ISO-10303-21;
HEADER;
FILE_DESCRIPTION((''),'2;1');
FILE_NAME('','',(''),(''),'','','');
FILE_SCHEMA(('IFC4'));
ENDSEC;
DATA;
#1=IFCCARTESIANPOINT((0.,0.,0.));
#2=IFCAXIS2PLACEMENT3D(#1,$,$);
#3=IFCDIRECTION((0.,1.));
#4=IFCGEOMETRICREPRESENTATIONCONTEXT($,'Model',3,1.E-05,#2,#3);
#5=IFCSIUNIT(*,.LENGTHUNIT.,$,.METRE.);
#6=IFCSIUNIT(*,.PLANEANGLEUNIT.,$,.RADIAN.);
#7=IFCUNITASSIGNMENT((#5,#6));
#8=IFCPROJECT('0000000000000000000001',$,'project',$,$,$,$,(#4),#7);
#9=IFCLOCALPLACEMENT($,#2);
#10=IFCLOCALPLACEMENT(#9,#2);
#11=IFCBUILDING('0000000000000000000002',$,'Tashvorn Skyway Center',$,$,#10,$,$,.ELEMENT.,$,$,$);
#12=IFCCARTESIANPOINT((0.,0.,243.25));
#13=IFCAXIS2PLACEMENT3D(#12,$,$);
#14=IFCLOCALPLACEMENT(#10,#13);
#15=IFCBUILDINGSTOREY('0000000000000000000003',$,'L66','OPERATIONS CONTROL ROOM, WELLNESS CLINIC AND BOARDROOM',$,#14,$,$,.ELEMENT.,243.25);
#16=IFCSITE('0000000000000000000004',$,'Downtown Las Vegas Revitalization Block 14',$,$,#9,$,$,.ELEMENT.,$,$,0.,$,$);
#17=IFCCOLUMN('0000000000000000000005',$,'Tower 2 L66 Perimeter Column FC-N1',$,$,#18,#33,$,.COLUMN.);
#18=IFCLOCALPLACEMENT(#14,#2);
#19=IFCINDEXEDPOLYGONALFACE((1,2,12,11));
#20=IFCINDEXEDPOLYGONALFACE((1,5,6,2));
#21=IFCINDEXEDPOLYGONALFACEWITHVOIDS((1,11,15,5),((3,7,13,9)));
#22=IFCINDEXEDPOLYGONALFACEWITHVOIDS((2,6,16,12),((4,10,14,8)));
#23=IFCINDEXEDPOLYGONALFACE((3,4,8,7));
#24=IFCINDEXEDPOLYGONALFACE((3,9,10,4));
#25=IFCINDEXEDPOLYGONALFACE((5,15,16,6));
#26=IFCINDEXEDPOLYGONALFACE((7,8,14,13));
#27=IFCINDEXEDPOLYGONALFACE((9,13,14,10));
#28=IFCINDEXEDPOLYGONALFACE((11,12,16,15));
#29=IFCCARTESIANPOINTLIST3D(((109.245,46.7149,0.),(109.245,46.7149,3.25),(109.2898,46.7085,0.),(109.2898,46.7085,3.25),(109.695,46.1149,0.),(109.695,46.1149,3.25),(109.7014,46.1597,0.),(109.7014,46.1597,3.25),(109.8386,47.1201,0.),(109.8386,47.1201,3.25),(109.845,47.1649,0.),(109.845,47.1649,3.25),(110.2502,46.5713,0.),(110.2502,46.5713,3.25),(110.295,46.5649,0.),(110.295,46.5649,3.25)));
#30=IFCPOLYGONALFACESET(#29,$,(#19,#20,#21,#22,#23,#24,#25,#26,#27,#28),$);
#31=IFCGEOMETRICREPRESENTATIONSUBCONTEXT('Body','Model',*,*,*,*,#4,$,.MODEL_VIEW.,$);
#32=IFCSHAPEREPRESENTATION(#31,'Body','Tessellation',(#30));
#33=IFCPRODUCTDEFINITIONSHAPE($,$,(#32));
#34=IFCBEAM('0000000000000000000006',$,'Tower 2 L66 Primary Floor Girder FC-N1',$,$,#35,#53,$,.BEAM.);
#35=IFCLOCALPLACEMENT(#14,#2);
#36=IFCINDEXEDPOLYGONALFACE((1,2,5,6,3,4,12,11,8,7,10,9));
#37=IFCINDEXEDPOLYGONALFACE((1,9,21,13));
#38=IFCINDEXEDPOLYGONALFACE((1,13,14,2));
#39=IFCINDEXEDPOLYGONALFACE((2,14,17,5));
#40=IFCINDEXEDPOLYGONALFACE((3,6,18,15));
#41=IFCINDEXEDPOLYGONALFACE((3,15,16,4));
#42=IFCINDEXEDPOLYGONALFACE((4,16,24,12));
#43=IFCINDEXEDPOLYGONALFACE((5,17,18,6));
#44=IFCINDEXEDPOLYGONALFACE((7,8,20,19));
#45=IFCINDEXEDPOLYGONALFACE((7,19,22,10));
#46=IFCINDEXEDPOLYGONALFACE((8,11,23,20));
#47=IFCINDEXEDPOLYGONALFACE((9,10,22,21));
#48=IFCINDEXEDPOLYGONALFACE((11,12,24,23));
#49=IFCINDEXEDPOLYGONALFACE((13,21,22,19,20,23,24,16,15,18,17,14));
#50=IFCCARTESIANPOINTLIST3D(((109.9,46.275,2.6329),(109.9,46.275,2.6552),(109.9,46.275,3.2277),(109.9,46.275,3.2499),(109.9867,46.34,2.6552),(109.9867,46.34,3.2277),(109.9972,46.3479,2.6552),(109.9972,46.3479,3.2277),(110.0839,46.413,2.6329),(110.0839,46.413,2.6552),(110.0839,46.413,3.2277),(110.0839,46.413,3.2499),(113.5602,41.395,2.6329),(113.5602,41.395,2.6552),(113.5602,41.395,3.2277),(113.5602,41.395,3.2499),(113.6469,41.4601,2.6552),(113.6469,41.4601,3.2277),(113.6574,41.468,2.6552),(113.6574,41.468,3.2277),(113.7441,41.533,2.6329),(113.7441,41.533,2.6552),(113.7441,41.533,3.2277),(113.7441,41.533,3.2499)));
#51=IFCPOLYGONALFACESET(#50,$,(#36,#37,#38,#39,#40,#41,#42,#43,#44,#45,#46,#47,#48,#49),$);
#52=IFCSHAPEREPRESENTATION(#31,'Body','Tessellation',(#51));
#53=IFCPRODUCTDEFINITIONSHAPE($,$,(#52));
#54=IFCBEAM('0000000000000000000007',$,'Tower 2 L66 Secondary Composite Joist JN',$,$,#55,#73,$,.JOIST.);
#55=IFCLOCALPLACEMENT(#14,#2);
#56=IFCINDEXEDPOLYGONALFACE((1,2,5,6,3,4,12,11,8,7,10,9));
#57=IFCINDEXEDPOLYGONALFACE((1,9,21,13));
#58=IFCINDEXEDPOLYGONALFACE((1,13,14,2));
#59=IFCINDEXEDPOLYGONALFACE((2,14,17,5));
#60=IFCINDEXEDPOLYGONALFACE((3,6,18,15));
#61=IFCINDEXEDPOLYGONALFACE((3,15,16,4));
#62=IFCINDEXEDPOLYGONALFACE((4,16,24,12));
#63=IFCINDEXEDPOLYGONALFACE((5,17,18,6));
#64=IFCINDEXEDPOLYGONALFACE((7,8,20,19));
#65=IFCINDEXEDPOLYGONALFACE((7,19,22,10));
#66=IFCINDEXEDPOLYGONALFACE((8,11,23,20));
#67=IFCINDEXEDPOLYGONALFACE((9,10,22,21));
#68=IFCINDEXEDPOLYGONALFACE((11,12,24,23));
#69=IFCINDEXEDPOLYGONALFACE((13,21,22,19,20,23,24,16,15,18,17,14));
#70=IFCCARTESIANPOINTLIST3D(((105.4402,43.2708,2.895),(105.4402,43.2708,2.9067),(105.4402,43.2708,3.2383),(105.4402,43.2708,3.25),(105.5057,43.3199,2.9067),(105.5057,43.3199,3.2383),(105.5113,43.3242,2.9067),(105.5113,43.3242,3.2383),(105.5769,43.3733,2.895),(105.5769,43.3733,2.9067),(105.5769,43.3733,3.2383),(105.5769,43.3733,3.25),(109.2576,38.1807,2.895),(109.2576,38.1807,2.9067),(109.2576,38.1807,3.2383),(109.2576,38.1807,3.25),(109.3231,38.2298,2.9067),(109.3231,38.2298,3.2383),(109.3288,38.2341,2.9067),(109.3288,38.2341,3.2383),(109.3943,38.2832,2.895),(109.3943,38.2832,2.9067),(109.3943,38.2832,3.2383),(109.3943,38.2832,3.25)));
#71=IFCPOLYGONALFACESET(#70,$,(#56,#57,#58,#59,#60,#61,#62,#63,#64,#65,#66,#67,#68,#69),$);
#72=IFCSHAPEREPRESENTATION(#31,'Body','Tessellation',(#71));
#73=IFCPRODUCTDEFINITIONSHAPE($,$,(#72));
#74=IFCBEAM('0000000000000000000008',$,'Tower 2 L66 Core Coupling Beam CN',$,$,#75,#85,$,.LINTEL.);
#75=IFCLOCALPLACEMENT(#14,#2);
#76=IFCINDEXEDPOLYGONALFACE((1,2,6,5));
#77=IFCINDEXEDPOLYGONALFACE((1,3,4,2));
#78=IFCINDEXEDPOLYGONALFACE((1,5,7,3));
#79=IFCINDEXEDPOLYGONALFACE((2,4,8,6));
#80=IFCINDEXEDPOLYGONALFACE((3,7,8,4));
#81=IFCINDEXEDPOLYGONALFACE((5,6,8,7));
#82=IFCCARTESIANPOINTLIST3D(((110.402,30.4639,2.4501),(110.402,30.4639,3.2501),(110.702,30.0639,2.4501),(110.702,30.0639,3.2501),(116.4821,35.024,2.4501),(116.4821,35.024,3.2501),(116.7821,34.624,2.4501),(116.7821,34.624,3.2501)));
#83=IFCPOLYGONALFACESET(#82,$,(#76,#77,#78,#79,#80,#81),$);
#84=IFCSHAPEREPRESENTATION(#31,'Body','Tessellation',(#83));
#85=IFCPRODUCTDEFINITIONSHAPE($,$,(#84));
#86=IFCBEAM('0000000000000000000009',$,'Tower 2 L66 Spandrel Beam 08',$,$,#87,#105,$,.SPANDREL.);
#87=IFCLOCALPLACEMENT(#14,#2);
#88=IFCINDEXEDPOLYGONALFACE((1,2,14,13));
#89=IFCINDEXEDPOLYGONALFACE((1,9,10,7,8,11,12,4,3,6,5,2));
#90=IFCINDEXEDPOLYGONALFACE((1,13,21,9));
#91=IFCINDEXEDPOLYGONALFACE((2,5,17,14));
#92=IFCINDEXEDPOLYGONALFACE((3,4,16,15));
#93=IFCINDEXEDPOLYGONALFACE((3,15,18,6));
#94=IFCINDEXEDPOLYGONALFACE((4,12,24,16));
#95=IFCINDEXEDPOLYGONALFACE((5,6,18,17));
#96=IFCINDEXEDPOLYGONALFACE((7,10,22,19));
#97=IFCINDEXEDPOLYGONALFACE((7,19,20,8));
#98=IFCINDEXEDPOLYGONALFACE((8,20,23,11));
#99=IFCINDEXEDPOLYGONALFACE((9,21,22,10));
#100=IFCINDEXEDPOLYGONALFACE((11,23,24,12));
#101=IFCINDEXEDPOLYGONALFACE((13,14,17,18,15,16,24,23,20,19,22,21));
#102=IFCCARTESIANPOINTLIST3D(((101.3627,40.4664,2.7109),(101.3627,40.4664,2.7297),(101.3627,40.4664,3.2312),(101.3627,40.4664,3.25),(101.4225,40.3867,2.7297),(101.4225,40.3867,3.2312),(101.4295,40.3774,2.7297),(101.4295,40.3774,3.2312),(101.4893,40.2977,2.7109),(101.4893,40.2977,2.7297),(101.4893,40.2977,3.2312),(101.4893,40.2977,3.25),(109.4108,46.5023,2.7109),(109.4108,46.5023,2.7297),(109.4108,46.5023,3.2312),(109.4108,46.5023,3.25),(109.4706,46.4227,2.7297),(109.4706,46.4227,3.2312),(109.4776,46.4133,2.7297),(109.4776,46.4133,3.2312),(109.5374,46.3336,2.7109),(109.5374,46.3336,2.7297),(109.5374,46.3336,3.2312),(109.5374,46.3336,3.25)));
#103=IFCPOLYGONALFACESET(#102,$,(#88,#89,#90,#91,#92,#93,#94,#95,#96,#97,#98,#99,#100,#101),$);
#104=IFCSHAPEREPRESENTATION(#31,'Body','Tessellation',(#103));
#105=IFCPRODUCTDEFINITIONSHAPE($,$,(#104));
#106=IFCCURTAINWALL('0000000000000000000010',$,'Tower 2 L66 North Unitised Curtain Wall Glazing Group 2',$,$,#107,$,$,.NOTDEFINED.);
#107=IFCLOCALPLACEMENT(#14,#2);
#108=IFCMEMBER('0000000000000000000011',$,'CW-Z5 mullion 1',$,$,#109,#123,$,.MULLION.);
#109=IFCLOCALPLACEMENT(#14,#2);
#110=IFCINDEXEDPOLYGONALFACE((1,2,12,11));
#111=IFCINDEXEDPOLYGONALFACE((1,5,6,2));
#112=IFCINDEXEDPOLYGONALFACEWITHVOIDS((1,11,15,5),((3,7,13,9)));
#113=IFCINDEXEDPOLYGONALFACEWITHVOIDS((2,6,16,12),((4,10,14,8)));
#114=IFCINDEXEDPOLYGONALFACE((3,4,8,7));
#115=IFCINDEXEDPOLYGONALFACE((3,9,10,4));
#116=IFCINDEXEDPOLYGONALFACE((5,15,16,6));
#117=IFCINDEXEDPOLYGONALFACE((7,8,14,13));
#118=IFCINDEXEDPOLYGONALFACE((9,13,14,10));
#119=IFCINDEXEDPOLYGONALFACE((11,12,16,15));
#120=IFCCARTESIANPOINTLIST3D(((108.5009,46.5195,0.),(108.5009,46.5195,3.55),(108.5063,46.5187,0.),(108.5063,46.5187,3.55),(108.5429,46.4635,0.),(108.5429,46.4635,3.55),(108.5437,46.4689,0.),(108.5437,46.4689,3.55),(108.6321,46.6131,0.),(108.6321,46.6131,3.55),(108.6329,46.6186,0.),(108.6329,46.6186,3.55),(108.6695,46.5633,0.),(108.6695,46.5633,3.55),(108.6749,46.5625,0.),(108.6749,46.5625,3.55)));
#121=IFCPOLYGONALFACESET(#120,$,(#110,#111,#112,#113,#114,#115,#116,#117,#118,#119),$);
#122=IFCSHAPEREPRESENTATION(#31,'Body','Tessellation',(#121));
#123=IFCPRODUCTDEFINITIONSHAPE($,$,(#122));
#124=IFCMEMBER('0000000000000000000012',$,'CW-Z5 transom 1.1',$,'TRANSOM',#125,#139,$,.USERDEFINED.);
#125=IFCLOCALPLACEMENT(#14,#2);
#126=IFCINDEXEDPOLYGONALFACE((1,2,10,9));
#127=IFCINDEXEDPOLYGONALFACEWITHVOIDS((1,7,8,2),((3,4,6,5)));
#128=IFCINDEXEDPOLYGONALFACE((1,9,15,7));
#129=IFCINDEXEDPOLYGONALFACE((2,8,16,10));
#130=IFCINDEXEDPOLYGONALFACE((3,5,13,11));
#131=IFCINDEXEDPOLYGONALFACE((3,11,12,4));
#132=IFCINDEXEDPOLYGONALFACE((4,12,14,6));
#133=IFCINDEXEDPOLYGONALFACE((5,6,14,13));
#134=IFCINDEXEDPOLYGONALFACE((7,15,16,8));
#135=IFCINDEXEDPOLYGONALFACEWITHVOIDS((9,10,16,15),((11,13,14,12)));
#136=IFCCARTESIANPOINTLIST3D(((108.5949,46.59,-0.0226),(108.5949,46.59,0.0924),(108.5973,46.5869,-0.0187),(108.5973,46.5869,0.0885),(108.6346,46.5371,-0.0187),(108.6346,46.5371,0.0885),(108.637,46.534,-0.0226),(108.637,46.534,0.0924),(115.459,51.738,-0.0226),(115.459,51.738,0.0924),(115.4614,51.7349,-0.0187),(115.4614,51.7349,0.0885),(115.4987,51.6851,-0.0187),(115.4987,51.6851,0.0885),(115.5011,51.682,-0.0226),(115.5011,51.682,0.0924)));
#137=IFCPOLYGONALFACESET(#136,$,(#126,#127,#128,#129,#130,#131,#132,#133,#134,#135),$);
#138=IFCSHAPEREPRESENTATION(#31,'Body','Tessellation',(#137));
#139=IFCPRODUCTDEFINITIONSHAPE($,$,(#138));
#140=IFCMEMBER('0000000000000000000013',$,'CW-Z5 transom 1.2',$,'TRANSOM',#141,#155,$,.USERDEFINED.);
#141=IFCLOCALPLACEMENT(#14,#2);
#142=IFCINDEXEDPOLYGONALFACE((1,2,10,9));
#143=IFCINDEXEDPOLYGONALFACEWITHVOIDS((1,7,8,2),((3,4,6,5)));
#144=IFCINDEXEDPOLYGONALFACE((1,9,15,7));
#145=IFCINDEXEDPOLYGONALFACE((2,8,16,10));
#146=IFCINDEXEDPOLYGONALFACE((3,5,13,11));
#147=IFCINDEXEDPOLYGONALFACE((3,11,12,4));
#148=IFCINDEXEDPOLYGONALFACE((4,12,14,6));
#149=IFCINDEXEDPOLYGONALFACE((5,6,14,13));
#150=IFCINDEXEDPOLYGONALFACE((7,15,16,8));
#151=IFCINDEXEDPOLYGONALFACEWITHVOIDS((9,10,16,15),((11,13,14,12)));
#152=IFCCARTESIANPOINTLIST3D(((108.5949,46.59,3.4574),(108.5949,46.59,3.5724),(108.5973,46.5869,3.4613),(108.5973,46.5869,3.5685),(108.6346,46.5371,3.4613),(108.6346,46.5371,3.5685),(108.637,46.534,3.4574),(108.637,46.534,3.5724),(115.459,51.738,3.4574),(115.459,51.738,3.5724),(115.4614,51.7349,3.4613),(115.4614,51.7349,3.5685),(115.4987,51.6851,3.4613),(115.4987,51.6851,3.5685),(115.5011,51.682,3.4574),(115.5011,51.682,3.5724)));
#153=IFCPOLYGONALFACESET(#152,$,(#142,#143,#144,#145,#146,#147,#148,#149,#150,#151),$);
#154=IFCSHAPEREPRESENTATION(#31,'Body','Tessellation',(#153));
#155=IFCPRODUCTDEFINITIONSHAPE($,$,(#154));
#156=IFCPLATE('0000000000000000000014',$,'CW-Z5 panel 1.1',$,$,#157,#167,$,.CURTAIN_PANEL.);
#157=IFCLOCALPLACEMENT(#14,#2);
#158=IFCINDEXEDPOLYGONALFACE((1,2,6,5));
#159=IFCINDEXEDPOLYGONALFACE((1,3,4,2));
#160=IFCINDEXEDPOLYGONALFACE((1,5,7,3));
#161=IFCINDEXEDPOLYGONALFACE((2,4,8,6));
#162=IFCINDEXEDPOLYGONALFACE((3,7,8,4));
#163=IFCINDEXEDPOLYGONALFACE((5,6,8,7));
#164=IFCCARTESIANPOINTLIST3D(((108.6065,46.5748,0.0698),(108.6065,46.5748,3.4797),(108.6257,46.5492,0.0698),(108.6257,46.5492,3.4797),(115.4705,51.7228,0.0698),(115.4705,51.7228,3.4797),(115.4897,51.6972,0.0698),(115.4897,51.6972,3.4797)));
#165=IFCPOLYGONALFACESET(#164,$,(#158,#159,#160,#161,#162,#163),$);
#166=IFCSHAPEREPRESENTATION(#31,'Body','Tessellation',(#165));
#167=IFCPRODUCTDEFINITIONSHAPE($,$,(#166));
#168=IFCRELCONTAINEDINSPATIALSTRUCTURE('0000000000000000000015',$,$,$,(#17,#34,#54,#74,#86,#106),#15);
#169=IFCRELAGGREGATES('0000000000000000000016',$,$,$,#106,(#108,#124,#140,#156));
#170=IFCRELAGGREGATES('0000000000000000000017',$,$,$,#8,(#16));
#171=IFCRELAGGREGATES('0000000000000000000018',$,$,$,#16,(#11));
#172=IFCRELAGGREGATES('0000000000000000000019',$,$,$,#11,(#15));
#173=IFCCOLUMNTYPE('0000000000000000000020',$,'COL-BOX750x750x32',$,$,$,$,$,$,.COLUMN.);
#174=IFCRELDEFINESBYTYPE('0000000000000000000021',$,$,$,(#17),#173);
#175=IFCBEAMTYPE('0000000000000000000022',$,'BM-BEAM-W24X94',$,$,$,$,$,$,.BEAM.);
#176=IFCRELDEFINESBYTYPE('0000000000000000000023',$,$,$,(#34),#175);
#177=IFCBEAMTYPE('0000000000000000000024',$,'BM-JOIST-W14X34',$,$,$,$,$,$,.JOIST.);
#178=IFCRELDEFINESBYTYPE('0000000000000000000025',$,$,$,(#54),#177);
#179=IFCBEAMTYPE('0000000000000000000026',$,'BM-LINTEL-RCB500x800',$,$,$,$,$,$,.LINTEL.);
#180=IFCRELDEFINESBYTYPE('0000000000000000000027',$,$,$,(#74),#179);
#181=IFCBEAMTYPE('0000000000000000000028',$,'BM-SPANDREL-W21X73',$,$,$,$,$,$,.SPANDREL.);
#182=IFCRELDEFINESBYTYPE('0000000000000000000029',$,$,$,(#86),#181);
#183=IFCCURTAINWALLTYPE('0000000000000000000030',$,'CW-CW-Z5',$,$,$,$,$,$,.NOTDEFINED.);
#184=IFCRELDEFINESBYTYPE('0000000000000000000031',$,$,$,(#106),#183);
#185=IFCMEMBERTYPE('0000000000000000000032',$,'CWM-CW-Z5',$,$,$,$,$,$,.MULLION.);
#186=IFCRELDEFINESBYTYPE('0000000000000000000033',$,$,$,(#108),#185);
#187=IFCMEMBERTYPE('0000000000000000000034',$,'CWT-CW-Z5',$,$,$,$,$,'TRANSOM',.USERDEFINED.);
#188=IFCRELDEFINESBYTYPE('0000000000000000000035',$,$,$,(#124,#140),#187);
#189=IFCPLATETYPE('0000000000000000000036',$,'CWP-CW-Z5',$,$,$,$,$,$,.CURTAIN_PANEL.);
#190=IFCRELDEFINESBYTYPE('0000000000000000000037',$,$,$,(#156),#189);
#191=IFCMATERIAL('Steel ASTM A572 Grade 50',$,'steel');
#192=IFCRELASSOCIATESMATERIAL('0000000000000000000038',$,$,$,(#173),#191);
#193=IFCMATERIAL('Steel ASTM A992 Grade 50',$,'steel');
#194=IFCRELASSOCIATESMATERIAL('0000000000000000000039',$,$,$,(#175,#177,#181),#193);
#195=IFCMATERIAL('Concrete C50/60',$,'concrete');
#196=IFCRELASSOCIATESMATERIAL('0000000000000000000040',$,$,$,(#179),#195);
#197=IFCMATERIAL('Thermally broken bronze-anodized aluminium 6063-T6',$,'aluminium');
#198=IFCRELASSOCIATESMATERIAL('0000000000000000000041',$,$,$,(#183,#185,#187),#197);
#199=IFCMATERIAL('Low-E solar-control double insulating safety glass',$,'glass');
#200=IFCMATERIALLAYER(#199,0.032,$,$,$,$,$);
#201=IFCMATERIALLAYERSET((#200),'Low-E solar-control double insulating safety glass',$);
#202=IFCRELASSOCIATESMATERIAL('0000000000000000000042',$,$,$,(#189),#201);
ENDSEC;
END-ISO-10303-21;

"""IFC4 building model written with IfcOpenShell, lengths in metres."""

from ifc_helpers import new_model, si_unit, direction, frame, origin, origin_2d, place, context, subcontext, project, spatial, rectangle, hollow_rectangle, i_section, extrude, material, layer, layer_set, material_profile, profile_set, type_object, element, aggregate, save


model = new_model("IFC4")

# Units and contexts
model_context = context("Model", 3, precision=1e-05, world=origin(), true_north=direction((0.0, 1.0)))
body_context = subcontext(model_context, "Body", "Model", "MODEL_VIEW")
ifc_project = project(units=[si_unit("LENGTHUNIT", "METRE"), si_unit("PLANEANGLEUNIT", "RADIAN")], contexts=[model_context])

# Site, building, storey
site_placement = place(None, origin())
site = spatial("IfcSite", under=ifc_project, at=site_placement, Name="Downtown Las Vegas Revitalization Block 14", CompositionType="ELEMENT", RefElevation=0.0)
building_placement = place(site_placement, origin())
building = spatial("IfcBuilding", under=site, at=building_placement, Name="Tashvorn Skyway Center", CompositionType="ELEMENT")
storey_placement = place(building_placement, frame((0.0, 0.0, 243.25)))
storey = spatial("IfcBuildingStorey", under=building, at=storey_placement, Name="L66", Description="OPERATIONS CONTROL ROOM, WELLNESS CLINIC AND BOARDROOM", CompositionType="ELEMENT", Elevation=243.25)

# Column
ifc_material_1 = material(Name="Steel ASTM A572 Grade 50", Category="steel")
ifc_material_profile_1 = material_profile(ifc_material_1, hollow_rectangle(XDim=0.75, YDim=0.75, WallThickness=0.032, at=origin_2d()), Name="BOX750x750x32")
ifc_profile_set_1 = profile_set([ifc_material_profile_1], Name="Steel ASTM A572 Grade 50")
column_type = type_object("IfcColumnType", Name="COL-BOX750x750x32", PredefinedType="COLUMN", material=ifc_profile_set_1)
column_placement = place(storey_placement, frame((109.77, 46.6399, 0.0), z_axis=(0.0, 0.0, 1.0), x_axis=(0.8, 0.6, 0.0)))
element("IfcColumn", 1, at=column_placement, inside=storey, type_object=column_type, Name="Tower 2 L66 Perimeter Column FC-N1", PredefinedType="COLUMN", context=body_context, shape_type="SweptSolid", body=[
    extrude(hollow_rectangle(XDim=0.75, YDim=0.75, WallThickness=0.032, at=origin_2d()), origin(), (0.0, 0.0, 1.0), 3.25),
])

# Beams
ifc_material_2 = material(Name="Steel ASTM A992 Grade 50", Category="steel")
ifc_material_profile_2 = material_profile(ifc_material_2, i_section(OverallWidth=0.23, OverallDepth=0.6169, WebThickness=0.0132, FlangeThickness=0.0222, at=origin_2d()), Name="W24X94")
ifc_profile_set_2 = profile_set([ifc_material_profile_2], Name="Steel ASTM A992 Grade 50")
beam_type_1 = type_object("IfcBeamType", Name="BM-BEAM-W24X94", PredefinedType="BEAM", material=ifc_profile_set_2)
beam_1_placement = place(storey_placement, frame((109.9919, 46.344, 2.9414), z_axis=(0.600026, -0.799981, 0.0), x_axis=(0.799981, 0.600026, 0.0)))
element("IfcBeam", 2, at=beam_1_placement, inside=storey, type_object=beam_type_1, Name="Tower 2 L66 Primary Floor Girder FC-N1", PredefinedType="BEAM", context=body_context, shape_type="SweptSolid", body=[
    extrude(i_section(OverallWidth=0.23, OverallDepth=0.6169, WebThickness=0.0132, FlangeThickness=0.0222, at=origin_2d()), origin(), (0.0, 0.0, 1.0), 6.1001),
])
ifc_material_profile_3 = material_profile(ifc_material_2, i_section(OverallWidth=0.1709, OverallDepth=0.355, WebThickness=0.0071, FlangeThickness=0.0117, at=origin_2d()), Name="W14X34")
ifc_profile_set_3 = profile_set([ifc_material_profile_3], Name="Steel ASTM A992 Grade 50")
beam_type_2 = type_object("IfcBeamType", Name="BM-JOIST-W14X34", PredefinedType="JOIST", material=ifc_profile_set_3)
beam_2_placement = place(storey_placement, frame((109.3259, 38.2319, 3.0725), z_axis=(-0.599982, 0.800014, 0.0), x_axis=(-0.800014, -0.599982, 0.0)))
element("IfcBeam", 3, at=beam_2_placement, inside=storey, type_object=beam_type_2, Name="Tower 2 L66 Secondary Composite Joist JN", PredefinedType="JOIST", context=body_context, shape_type="SweptSolid", body=[
    extrude(i_section(OverallWidth=0.1709, OverallDepth=0.355, WebThickness=0.0071, FlangeThickness=0.0117, at=origin_2d()), origin(), (0.0, 0.0, 1.0), 6.3625),
])
ifc_material_3 = material(Name="Concrete C50/60", Category="concrete")
ifc_material_profile_4 = material_profile(ifc_material_3, rectangle(XDim=0.5, YDim=0.8, at=origin_2d()), Name="RCB500x800")
ifc_profile_set_4 = profile_set([ifc_material_profile_4], Name="Concrete C50/60")
beam_type_3 = type_object("IfcBeamType", Name="BM-LINTEL-RCB500x800", PredefinedType="LINTEL", material=ifc_profile_set_4)
beam_3_placement = place(storey_placement, frame((110.552, 30.2639, 2.8501), z_axis=(0.8, 0.6, 0.0), x_axis=(-0.6, 0.8, 0.0)))
element("IfcBeam", 4, at=beam_3_placement, inside=storey, type_object=beam_type_3, Name="Tower 2 L66 Core Coupling Beam CN", PredefinedType="LINTEL", context=body_context, shape_type="SweptSolid", body=[
    extrude(rectangle(XDim=0.5, YDim=0.8, at=origin_2d()), origin(), (0.0, 0.0, 1.0), 7.6001),
])
ifc_material_profile_5 = material_profile(ifc_material_2, i_section(OverallWidth=0.2109, OverallDepth=0.5391, WebThickness=0.0117, FlangeThickness=0.0188, at=origin_2d()), Name="W21X73")
ifc_profile_set_5 = profile_set([ifc_material_profile_5], Name="Steel ASTM A992 Grade 50")
beam_type_4 = type_object("IfcBeamType", Name="BM-SPANDREL-W21X73", PredefinedType="SPANDREL", material=ifc_profile_set_5)
beam_4_placement = place(storey_placement, frame((109.4741, 46.418, 2.9805), z_axis=(-0.800009, -0.599988, 0.0), x_axis=(0.599988, -0.800009, 0.0)))
element("IfcBeam", 5, at=beam_4_placement, inside=storey, type_object=beam_type_4, Name="Tower 2 L66 Spandrel Beam 08", PredefinedType="SPANDREL", context=body_context, shape_type="SweptSolid", body=[
    extrude(i_section(OverallWidth=0.2109, OverallDepth=0.5391, WebThickness=0.0117, FlangeThickness=0.0188, at=origin_2d()), origin(), (0.0, 0.0, 1.0), 10.0601),
])

# Curtain wall, members, plate
ifc_material_4 = material(Name="Thermally broken bronze-anodized aluminium 6063-T6", Category="aluminium")
curtain_wall_type = type_object("IfcCurtainWallType", Name="CW-CW-Z5", PredefinedType="NOTDEFINED", material=ifc_material_4)
curtain_wall_placement = place(storey_placement, origin())
curtain_wall = element("IfcCurtainWall", 6, at=curtain_wall_placement, inside=storey, type_object=curtain_wall_type, Name="Tower 2 L66 North Unitised Curtain Wall Glazing Group 2", PredefinedType="NOTDEFINED")
ifc_material_profile_6 = material_profile(ifc_material_4, hollow_rectangle(XDim=0.0701, YDim=0.165, WallThickness=0.0039, at=origin_2d()), Name="ALU-MULL-70x165")
ifc_profile_set_6 = profile_set([ifc_material_profile_6], Name="Thermally broken bronze-anodized aluminium 6063-T6")
member_type_1 = type_object("IfcMemberType", Name="CWM-CW-Z5", PredefinedType="MULLION", material=ifc_profile_set_6)
member_1_placement = place(storey_placement, frame((108.5879, 46.541, 0.0), z_axis=(0.0, 0.0, 1.0), x_axis=(-0.6, 0.8, 0.0)))
member_1 = element("IfcMember", 7, at=member_1_placement, type_object=member_type_1, Name="CW-Z5 mullion 1", PredefinedType="MULLION", context=body_context, shape_type="SweptSolid", body=[
    extrude(hollow_rectangle(XDim=0.0701, YDim=0.165, WallThickness=0.0039, at=origin_2d()), origin(), (0.0, 0.0, 1.0), 3.55),
])
ifc_material_profile_7 = material_profile(ifc_material_4, hollow_rectangle(XDim=0.0701, YDim=0.115, WallThickness=0.0039, at=origin_2d()), Name="ALU-TRAN-70x115")
ifc_profile_set_7 = profile_set([ifc_material_profile_7], Name="Thermally broken bronze-anodized aluminium 6063-T6")
member_type_2 = type_object("IfcMemberType", Name="CWT-CW-Z5", ElementType="TRANSOM", PredefinedType="USERDEFINED", material=ifc_profile_set_7)
member_2_placement = place(storey_placement, frame((108.616, 46.562, 0.0349), z_axis=(0.800003, 0.599995, 0.0), x_axis=(-0.599995, 0.800003, 0.0)))
member_2 = element("IfcMember", 8, at=member_2_placement, type_object=member_type_2, Name="CW-Z5 transom 1.1", ObjectType="TRANSOM", PredefinedType="USERDEFINED", context=body_context, shape_type="SweptSolid", body=[
    extrude(hollow_rectangle(XDim=0.0701, YDim=0.115, WallThickness=0.0039, at=origin_2d()), origin(), (0.0, 0.0, 1.0), 8.5801),
])
member_3_placement = place(storey_placement, frame((108.616, 46.562, 3.5149), z_axis=(0.800003, 0.599995, 0.0), x_axis=(-0.599995, 0.800003, 0.0)))
member_3 = element("IfcMember", 9, at=member_3_placement, type_object=member_type_2, Name="CW-Z5 transom 1.2", ObjectType="TRANSOM", PredefinedType="USERDEFINED", context=body_context, shape_type="SweptSolid", body=[
    extrude(hollow_rectangle(XDim=0.0701, YDim=0.115, WallThickness=0.0039, at=origin_2d()), origin(), (0.0, 0.0, 1.0), 8.5801),
])
ifc_material_5 = material(Name="Low-E solar-control double insulating safety glass", Category="glass")
ifc_layer_1 = layer(ifc_material_5, 0.032)
ifc_layer_set_1 = layer_set([ifc_layer_1], Name="Low-E solar-control double insulating safety glass")
plate_type = type_object("IfcPlateType", Name="CWP-CW-Z5", PredefinedType="CURTAIN_PANEL", material=ifc_layer_set_1)
plate_placement = place(storey_placement, frame((112.0481, 49.136, 0.0698), z_axis=(0.0, 0.0, 1.0), x_axis=(0.8, 0.6, 0.0)))
plate = element("IfcPlate", 10, at=plate_placement, type_object=plate_type, Name="CW-Z5 panel 1.1", PredefinedType="CURTAIN_PANEL", context=body_context, shape_type="SweptSolid", body=[
    extrude(rectangle(XDim=8.5801, YDim=0.032, at=origin_2d()), origin(), (0.0, 0.0, 1.0), 3.4099),
])
aggregate(curtain_wall, [member_1, member_2, member_3, plate])

save(model, "model.ifc")
